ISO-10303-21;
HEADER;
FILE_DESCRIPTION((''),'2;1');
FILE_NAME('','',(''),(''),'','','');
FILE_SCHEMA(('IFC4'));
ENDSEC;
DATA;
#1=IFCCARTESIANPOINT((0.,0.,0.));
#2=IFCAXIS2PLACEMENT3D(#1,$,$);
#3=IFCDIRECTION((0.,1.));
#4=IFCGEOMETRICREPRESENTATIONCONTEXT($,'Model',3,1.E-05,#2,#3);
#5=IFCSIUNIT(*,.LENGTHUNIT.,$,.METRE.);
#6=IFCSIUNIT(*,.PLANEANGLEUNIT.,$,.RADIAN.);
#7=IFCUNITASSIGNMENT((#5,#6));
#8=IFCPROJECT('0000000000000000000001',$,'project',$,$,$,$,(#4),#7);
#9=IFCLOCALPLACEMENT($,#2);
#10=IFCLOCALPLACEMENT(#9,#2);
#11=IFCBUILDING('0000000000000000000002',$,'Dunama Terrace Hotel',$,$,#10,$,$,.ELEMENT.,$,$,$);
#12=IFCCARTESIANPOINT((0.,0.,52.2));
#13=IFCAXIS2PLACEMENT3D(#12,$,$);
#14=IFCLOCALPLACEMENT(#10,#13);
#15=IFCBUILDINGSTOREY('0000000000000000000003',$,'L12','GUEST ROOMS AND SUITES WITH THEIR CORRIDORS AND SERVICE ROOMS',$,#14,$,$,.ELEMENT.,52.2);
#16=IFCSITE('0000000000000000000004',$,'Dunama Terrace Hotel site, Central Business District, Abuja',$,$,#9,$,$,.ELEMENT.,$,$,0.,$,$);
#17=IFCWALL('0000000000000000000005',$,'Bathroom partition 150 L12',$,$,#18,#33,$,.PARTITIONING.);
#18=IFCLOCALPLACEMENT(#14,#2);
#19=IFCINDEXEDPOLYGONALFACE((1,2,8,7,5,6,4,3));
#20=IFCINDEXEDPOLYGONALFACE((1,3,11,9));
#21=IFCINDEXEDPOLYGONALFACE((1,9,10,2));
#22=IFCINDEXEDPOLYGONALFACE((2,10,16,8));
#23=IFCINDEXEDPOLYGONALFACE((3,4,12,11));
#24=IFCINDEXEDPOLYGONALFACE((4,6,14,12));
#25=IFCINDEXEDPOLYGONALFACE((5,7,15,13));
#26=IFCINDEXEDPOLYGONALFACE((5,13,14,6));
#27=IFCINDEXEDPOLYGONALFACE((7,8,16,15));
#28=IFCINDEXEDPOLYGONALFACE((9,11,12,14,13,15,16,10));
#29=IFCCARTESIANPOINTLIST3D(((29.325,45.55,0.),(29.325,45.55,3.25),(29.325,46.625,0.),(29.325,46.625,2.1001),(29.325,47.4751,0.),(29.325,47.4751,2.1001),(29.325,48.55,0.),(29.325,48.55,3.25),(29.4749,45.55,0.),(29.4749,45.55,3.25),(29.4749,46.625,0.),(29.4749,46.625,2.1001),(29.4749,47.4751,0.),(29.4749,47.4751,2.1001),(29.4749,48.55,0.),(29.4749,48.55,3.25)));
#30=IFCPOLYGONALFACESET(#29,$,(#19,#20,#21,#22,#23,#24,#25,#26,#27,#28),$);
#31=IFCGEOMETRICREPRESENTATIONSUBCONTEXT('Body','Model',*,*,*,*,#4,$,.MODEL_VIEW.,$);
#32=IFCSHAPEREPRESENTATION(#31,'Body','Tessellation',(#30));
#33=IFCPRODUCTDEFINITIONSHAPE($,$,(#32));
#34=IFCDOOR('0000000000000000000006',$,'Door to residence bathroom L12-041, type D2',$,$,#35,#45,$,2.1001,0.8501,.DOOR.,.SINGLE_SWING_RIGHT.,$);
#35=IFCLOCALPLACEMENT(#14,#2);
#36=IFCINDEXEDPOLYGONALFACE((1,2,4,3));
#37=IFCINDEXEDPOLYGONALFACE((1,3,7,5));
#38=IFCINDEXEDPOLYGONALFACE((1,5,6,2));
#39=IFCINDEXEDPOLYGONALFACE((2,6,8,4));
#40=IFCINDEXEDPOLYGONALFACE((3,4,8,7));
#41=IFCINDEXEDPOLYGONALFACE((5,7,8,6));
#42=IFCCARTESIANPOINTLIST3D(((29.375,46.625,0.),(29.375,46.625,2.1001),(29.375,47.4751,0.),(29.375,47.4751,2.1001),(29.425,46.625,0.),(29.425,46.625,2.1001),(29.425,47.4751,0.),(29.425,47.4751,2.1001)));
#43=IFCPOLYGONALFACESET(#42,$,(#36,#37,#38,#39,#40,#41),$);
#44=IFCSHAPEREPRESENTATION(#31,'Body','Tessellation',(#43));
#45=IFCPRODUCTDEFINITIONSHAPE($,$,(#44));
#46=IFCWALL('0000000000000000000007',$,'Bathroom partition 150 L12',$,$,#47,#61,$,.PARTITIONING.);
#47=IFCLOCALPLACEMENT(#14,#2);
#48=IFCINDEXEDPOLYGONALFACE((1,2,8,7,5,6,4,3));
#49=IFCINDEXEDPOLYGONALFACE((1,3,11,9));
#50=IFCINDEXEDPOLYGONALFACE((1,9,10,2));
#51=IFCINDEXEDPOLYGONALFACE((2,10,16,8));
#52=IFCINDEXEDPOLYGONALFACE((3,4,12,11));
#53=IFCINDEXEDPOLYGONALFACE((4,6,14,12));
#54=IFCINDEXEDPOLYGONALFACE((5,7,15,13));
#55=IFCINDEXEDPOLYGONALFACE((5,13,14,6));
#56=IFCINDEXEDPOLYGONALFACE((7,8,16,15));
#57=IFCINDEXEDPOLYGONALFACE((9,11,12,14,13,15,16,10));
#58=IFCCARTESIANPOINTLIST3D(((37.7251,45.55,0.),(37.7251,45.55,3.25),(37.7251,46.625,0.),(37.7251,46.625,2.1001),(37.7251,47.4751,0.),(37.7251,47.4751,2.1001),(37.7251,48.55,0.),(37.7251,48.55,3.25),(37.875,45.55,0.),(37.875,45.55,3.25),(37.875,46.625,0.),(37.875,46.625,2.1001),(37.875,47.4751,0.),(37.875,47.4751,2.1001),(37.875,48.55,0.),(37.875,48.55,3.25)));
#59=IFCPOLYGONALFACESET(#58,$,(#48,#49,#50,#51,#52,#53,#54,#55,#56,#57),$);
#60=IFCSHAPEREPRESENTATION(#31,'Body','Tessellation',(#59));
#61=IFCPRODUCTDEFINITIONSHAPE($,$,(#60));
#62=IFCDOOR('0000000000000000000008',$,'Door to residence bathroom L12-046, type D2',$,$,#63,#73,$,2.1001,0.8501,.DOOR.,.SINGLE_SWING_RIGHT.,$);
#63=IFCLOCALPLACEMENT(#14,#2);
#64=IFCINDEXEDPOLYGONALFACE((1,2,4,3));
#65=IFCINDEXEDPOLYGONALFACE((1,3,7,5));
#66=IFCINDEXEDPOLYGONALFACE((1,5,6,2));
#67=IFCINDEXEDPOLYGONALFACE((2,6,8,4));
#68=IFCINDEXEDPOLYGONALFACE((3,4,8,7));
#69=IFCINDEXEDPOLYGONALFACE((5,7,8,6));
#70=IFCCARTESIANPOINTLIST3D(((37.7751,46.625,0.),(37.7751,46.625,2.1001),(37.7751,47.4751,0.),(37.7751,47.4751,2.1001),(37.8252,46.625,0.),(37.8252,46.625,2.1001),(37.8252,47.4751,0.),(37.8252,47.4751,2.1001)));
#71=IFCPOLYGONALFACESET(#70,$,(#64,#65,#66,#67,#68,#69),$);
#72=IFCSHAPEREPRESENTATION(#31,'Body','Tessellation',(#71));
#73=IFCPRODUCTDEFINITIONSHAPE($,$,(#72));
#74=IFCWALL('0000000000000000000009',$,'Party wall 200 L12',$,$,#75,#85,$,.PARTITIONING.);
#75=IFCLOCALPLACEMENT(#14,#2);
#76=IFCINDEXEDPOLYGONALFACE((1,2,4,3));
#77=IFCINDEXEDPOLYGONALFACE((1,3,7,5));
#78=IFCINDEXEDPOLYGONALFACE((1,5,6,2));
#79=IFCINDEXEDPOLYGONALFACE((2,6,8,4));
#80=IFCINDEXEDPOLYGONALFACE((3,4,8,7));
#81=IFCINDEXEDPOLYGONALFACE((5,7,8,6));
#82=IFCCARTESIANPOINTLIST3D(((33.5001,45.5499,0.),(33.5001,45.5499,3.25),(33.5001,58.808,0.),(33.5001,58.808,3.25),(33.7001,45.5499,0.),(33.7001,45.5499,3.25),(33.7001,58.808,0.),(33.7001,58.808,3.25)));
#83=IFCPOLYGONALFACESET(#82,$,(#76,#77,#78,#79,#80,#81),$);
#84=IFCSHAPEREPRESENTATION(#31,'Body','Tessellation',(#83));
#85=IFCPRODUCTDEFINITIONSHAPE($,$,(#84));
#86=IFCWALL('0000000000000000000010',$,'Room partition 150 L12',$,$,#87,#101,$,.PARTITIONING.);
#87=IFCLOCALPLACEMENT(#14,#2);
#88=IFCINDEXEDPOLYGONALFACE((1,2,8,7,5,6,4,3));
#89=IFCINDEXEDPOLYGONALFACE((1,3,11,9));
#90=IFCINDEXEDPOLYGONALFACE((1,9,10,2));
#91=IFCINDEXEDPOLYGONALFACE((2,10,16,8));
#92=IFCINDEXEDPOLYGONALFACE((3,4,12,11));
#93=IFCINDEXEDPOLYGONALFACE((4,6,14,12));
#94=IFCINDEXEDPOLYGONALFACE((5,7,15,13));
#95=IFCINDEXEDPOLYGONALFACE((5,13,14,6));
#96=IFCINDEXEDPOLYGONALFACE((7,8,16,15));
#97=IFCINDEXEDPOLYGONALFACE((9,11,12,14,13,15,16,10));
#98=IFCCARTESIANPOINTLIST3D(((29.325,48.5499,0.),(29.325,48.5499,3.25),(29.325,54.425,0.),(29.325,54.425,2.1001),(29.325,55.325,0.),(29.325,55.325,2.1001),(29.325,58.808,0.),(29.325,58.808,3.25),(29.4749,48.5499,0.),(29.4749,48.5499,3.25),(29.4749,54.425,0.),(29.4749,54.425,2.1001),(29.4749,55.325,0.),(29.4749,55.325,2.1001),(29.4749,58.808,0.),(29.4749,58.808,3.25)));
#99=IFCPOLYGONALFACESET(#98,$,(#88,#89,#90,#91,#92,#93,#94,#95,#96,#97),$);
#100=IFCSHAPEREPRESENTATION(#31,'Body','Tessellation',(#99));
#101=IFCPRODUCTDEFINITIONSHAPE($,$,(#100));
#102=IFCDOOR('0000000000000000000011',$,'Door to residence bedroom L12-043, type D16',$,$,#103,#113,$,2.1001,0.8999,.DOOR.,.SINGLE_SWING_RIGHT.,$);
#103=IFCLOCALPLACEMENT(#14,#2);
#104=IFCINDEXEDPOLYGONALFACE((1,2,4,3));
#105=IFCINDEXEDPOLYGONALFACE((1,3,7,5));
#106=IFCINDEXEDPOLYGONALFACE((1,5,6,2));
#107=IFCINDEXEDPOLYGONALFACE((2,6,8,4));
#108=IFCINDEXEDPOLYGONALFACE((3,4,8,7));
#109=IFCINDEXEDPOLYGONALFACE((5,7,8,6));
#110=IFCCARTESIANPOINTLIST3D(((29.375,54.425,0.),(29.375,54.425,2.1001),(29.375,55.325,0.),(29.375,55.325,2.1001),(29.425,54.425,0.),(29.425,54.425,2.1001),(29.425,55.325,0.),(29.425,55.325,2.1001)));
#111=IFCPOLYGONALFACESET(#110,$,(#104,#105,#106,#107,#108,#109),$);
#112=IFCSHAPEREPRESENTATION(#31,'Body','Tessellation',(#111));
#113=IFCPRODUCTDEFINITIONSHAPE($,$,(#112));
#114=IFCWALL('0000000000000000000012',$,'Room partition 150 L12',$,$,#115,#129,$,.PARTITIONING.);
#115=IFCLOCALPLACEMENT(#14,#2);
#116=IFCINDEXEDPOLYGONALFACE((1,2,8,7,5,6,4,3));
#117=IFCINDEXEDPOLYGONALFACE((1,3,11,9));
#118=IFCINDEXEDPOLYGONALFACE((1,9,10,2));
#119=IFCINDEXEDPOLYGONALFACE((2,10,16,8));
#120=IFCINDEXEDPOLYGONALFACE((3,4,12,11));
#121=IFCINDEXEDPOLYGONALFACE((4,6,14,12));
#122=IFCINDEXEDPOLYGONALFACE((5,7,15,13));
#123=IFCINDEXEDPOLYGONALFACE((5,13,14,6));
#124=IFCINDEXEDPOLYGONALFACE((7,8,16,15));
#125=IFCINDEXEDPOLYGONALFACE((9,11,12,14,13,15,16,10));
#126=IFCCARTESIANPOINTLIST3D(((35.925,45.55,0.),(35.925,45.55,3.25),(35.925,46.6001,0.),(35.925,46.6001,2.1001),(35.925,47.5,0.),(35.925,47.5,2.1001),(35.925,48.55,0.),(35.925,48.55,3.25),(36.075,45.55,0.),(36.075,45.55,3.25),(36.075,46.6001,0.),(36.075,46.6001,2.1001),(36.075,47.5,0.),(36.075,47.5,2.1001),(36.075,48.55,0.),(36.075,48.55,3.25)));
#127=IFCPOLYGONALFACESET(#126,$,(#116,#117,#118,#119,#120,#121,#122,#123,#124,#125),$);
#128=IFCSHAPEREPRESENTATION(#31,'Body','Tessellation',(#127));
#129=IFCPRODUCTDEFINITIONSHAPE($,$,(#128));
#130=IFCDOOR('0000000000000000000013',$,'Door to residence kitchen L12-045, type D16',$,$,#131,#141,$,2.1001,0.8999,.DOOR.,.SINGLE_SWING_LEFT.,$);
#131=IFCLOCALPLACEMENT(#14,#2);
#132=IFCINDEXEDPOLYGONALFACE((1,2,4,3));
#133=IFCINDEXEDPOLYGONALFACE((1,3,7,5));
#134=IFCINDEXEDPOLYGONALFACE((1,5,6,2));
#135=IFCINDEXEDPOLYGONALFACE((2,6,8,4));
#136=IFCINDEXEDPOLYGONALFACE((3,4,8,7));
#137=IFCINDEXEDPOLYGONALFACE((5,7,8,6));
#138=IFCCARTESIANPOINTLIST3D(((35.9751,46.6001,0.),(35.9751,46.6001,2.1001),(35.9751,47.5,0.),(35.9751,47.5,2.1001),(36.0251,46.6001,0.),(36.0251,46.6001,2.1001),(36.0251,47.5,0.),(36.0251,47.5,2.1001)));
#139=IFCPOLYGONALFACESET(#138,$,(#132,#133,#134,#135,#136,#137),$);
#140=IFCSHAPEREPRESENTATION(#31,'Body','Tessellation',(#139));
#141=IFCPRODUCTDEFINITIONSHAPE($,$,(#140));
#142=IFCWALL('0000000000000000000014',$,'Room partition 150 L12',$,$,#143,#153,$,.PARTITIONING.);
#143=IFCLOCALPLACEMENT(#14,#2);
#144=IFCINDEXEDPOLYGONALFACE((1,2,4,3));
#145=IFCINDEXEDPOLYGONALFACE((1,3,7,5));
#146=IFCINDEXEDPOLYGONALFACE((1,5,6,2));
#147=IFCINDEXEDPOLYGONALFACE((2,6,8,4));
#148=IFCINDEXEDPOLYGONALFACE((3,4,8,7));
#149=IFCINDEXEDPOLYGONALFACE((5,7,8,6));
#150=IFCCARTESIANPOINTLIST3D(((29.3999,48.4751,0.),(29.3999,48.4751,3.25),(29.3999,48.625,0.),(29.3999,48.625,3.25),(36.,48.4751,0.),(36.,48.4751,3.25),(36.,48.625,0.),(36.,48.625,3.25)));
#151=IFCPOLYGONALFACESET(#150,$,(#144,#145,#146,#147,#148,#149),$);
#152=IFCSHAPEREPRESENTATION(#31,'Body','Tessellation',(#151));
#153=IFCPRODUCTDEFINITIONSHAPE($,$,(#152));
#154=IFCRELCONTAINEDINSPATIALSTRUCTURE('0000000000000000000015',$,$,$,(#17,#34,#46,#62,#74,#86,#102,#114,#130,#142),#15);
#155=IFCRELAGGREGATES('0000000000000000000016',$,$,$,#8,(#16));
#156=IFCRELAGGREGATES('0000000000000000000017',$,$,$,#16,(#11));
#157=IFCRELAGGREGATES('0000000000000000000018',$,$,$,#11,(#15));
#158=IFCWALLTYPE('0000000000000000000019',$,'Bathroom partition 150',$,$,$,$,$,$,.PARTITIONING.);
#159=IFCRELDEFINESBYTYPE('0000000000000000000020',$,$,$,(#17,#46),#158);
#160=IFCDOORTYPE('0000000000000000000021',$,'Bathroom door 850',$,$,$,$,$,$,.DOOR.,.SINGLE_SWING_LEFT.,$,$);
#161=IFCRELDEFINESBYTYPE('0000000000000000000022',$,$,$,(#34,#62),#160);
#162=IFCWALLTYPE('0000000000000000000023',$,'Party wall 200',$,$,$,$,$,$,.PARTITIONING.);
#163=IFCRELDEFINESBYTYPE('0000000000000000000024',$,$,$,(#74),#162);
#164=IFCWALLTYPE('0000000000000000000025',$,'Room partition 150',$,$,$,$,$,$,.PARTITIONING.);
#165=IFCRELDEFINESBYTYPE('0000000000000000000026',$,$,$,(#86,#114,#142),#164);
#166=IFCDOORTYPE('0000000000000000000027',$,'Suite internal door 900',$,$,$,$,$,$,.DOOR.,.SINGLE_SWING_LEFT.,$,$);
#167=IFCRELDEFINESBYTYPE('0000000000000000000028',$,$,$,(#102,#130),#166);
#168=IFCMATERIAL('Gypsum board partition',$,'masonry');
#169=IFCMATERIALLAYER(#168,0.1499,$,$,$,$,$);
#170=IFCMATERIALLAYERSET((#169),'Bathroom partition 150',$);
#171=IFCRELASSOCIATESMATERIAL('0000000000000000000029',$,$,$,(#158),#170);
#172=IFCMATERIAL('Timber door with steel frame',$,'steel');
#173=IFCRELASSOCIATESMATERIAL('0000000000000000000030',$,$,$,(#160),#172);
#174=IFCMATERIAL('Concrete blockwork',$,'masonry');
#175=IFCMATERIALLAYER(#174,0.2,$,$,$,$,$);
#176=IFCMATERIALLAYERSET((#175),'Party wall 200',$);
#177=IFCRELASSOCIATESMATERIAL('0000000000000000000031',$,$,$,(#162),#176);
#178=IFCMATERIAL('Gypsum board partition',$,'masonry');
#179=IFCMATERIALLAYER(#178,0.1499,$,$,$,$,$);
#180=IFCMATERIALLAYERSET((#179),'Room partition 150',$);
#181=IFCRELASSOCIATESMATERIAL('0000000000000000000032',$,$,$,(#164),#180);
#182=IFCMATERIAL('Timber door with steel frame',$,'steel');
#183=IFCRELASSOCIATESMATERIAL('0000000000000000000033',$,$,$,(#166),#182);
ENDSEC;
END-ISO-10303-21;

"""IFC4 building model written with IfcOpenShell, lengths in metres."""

from ifc_helpers import new_model, si_unit, direction, frame, frame_2d, origin, place, context, subcontext, project, spatial, rectangle, extrude, material, layer, layer_set, type_object, element, fill, save


model = new_model("IFC4")

# Units and contexts
model_context = context("Model", 3, precision=1e-05, world=origin(), true_north=direction((0.0, 1.0)))
body_context = subcontext(model_context, "Body", "Model", "MODEL_VIEW")
ifc_project = project(units=[si_unit("LENGTHUNIT", "METRE"), si_unit("PLANEANGLEUNIT", "RADIAN")], contexts=[model_context])

# Site, building, storey
site_placement = place(None, origin())
site = spatial("IfcSite", under=ifc_project, at=site_placement, Name="Dunama Terrace Hotel site, Central Business District, Abuja", CompositionType="ELEMENT", RefElevation=0.0)
building_placement = place(site_placement, origin())
building = spatial("IfcBuilding", under=site, at=building_placement, Name="Dunama Terrace Hotel", CompositionType="ELEMENT")
storey_placement = place(building_placement, frame((0.0, 0.0, 52.2)))
storey = spatial("IfcBuildingStorey", under=building, at=storey_placement, Name="L12", Description="GUEST ROOMS AND SUITES WITH THEIR CORRIDORS AND SERVICE ROOMS", CompositionType="ELEMENT", Elevation=52.2)

# Walls, openings, doors
ifc_material_1 = material(Name="Gypsum board partition", Category="masonry")
ifc_layer_1 = layer(ifc_material_1, 0.1499)
ifc_layer_set_1 = layer_set([ifc_layer_1], Name="Bathroom partition 150")
wall_type_1 = type_object("IfcWallType", Name="Bathroom partition 150", PredefinedType="PARTITIONING", material=ifc_layer_set_1)
wall_1_placement = place(storey_placement, frame((29.3999, 45.55, 0.0), z_axis=(0.0, 0.0, 1.0), x_axis=(0.0, 1.0, 0.0)))
wall_1 = element("IfcWall", 1, at=wall_1_placement, inside=storey, type_object=wall_type_1, Name="Bathroom partition 150 L12", PredefinedType="PARTITIONING", context=body_context, shape_type="SweptSolid", body=[
    extrude(rectangle(XDim=3.0, YDim=0.1499, at=frame_2d((1.5, 0.0))), origin(), (0.0, 0.0, 1.0), 3.25),
])
opening_1_placement = place(wall_1_placement, frame((1.075, 0.0, 0.0)))
opening_1 = element("IfcOpeningElement", 2, at=opening_1_placement, cuts=wall_1, PredefinedType="OPENING", context=body_context, shape_type="SweptSolid", body=[
    extrude(rectangle(XDim=0.8501, YDim=2.1001, at=frame_2d((0.425, 1.05))), frame((0.0, 0.085, 0.0), z_axis=(0.0, -1.0, 0.0), x_axis=(1.0, 0.0, 0.0)), (0.0, 0.0, 1.0), 0.1699),
])
ifc_material_2 = material(Name="Timber door with steel frame", Category="steel")
door_type_1 = type_object("IfcDoorType", Name="Bathroom door 850", OperationType="SINGLE_SWING_LEFT", PredefinedType="DOOR", material=ifc_material_2)
door_1_placement = place(opening_1_placement, frame((0.8501, 0.0, 0.0), z_axis=(0.0, 0.0, 1.0), x_axis=(-1.0, 0.0, 0.0)))
door_1 = element("IfcDoor", 3, at=door_1_placement, inside=storey, type_object=door_type_1, Name="Door to residence bathroom L12-041, type D2", OperationType="SINGLE_SWING_RIGHT", OverallHeight=2.1001, OverallWidth=0.8501, PredefinedType="DOOR", context=body_context, shape_type="SweptSolid", body=[
    extrude(rectangle(XDim=0.8501, YDim=2.1001, at=frame_2d((0.425, 1.05))), frame((0.0, 0.0251, 0.0), z_axis=(0.0, -1.0, 0.0), x_axis=(1.0, 0.0, 0.0)), (0.0, 0.0, 1.0), 0.05),
])
fill(opening_1, door_1)
wall_2_placement = place(storey_placement, frame((37.8, 45.55, 0.0), z_axis=(0.0, 0.0, 1.0), x_axis=(0.0, 1.0, 0.0)))
wall_2 = element("IfcWall", 4, at=wall_2_placement, inside=storey, type_object=wall_type_1, Name="Bathroom partition 150 L12", PredefinedType="PARTITIONING", context=body_context, shape_type="SweptSolid", body=[
    extrude(rectangle(XDim=3.0, YDim=0.1499, at=frame_2d((1.5, 0.0))), origin(), (0.0, 0.0, 1.0), 3.25),
])
opening_2_placement = place(wall_2_placement, frame((1.075, 0.0, 0.0)))
opening_2 = element("IfcOpeningElement", 5, at=opening_2_placement, cuts=wall_2, PredefinedType="OPENING", context=body_context, shape_type="SweptSolid", body=[
    extrude(rectangle(XDim=0.8501, YDim=2.1001, at=frame_2d((0.425, 1.05))), frame((0.0, 0.085, 0.0), z_axis=(0.0, -1.0, 0.0), x_axis=(1.0, 0.0, 0.0)), (0.0, 0.0, 1.0), 0.1699),
])
door_2_placement = place(opening_2_placement, frame((0.8501, 0.0, 0.0), z_axis=(0.0, 0.0, 1.0), x_axis=(-1.0, 0.0, 0.0)))
door_2 = element("IfcDoor", 6, at=door_2_placement, inside=storey, type_object=door_type_1, Name="Door to residence bathroom L12-046, type D2", OperationType="SINGLE_SWING_RIGHT", OverallHeight=2.1001, OverallWidth=0.8501, PredefinedType="DOOR", context=body_context, shape_type="SweptSolid", body=[
    extrude(rectangle(XDim=0.8501, YDim=2.1001, at=frame_2d((0.425, 1.05))), frame((0.0, 0.0251, 0.0), z_axis=(0.0, -1.0, 0.0), x_axis=(1.0, 0.0, 0.0)), (0.0, 0.0, 1.0), 0.05),
])
fill(opening_2, door_2)

# Wall
ifc_material_3 = material(Name="Concrete blockwork", Category="masonry")
ifc_layer_2 = layer(ifc_material_3, 0.2)
ifc_layer_set_2 = layer_set([ifc_layer_2], Name="Party wall 200")
wall_type_2 = type_object("IfcWallType", Name="Party wall 200", PredefinedType="PARTITIONING", material=ifc_layer_set_2)
wall_3_placement = place(storey_placement, frame((33.6001, 45.55, 0.0), z_axis=(0.0, 0.0, 1.0), x_axis=(0.0, 1.0, 0.0)))
element("IfcWall", 7, at=wall_3_placement, inside=storey, type_object=wall_type_2, Name="Party wall 200 L12", PredefinedType="PARTITIONING", context=body_context, shape_type="SweptSolid", body=[
    extrude(rectangle(XDim=13.2581, YDim=0.2, at=frame_2d((6.6289, 0.0))), origin(), (0.0, 0.0, 1.0), 3.25),
])

# Walls, openings, doors
ifc_material_4 = material(Name="Gypsum board partition", Category="masonry")
ifc_layer_3 = layer(ifc_material_4, 0.1499)
ifc_layer_set_3 = layer_set([ifc_layer_3], Name="Room partition 150")
wall_type_3 = type_object("IfcWallType", Name="Room partition 150", PredefinedType="PARTITIONING", material=ifc_layer_set_3)
wall_4_placement = place(storey_placement, frame((29.3999, 48.55, 0.0), z_axis=(0.0, 0.0, 1.0), x_axis=(0.0, 1.0, 0.0)))
wall_4 = element("IfcWall", 8, at=wall_4_placement, inside=storey, type_object=wall_type_3, Name="Room partition 150 L12", PredefinedType="PARTITIONING", context=body_context, shape_type="SweptSolid", body=[
    extrude(rectangle(XDim=10.2581, YDim=0.1499, at=frame_2d((5.1289, 0.0))), origin(), (0.0, 0.0, 1.0), 3.25),
])
opening_3_placement = place(wall_4_placement, frame((5.875, 0.0, 0.0)))
opening_3 = element("IfcOpeningElement", 9, at=opening_3_placement, cuts=wall_4, PredefinedType="OPENING", context=body_context, shape_type="SweptSolid", body=[
    extrude(rectangle(XDim=0.8999, YDim=2.1001, at=frame_2d((0.45, 1.05))), frame((0.0, 0.085, 0.0), z_axis=(0.0, -1.0, 0.0), x_axis=(1.0, 0.0, 0.0)), (0.0, 0.0, 1.0), 0.1699),
])
ifc_material_5 = material(Name="Timber door with steel frame", Category="steel")
door_type_2 = type_object("IfcDoorType", Name="Suite internal door 900", OperationType="SINGLE_SWING_LEFT", PredefinedType="DOOR", material=ifc_material_5)
door_3_placement = place(opening_3_placement, frame((0.8999, 0.0, 0.0), z_axis=(0.0, 0.0, 1.0), x_axis=(-1.0, 0.0, 0.0)))
door_3 = element("IfcDoor", 10, at=door_3_placement, inside=storey, type_object=door_type_2, Name="Door to residence bedroom L12-043, type D16", OperationType="SINGLE_SWING_RIGHT", OverallHeight=2.1001, OverallWidth=0.8999, PredefinedType="DOOR", context=body_context, shape_type="SweptSolid", body=[
    extrude(rectangle(XDim=0.8999, YDim=2.1001, at=frame_2d((0.45, 1.05))), frame((0.0, 0.0251, 0.0), z_axis=(0.0, -1.0, 0.0), x_axis=(1.0, 0.0, 0.0)), (0.0, 0.0, 1.0), 0.05),
])
fill(opening_3, door_3)
wall_5_placement = place(storey_placement, frame((36.0, 45.55, 0.0), z_axis=(0.0, 0.0, 1.0), x_axis=(0.0, 1.0, 0.0)))
wall_5 = element("IfcWall", 11, at=wall_5_placement, inside=storey, type_object=wall_type_3, Name="Room partition 150 L12", PredefinedType="PARTITIONING", context=body_context, shape_type="SweptSolid", body=[
    extrude(rectangle(XDim=3.0, YDim=0.1499, at=frame_2d((1.5, 0.0))), origin(), (0.0, 0.0, 1.0), 3.25),
])
opening_4_placement = place(wall_5_placement, frame((1.05, 0.0, 0.0)))
opening_4 = element("IfcOpeningElement", 12, at=opening_4_placement, cuts=wall_5, PredefinedType="OPENING", context=body_context, shape_type="SweptSolid", body=[
    extrude(rectangle(XDim=0.8999, YDim=2.1001, at=frame_2d((0.45, 1.05))), frame((0.0, 0.085, 0.0), z_axis=(0.0, -1.0, 0.0), x_axis=(1.0, 0.0, 0.0)), (0.0, 0.0, 1.0), 0.1699),
])
door_4_placement = place(opening_4_placement, origin())
door_4 = element("IfcDoor", 13, at=door_4_placement, inside=storey, type_object=door_type_2, Name="Door to residence kitchen L12-045, type D16", OperationType="SINGLE_SWING_LEFT", OverallHeight=2.1001, OverallWidth=0.8999, PredefinedType="DOOR", context=body_context, shape_type="SweptSolid", body=[
    extrude(rectangle(XDim=0.8999, YDim=2.1001, at=frame_2d((0.45, 1.05))), frame((0.0, 0.0249, 0.0), z_axis=(0.0, -1.0, 0.0), x_axis=(1.0, 0.0, 0.0)), (0.0, 0.0, 1.0), 0.05),
])
fill(opening_4, door_4)

# Wall
wall_6_placement = place(storey_placement, frame((29.3999, 48.55, 0.0), z_axis=(0.0, 0.0, 1.0), x_axis=(1.0, 0.0, 0.0)))
element("IfcWall", 14, at=wall_6_placement, inside=storey, type_object=wall_type_3, Name="Room partition 150 L12", PredefinedType="PARTITIONING", context=body_context, shape_type="SweptSolid", body=[
    extrude(rectangle(XDim=6.6001, YDim=0.1499, at=frame_2d((3.3, 0.0))), origin(), (0.0, 0.0, 1.0), 3.25),
])

save(model, "model.ifc")
